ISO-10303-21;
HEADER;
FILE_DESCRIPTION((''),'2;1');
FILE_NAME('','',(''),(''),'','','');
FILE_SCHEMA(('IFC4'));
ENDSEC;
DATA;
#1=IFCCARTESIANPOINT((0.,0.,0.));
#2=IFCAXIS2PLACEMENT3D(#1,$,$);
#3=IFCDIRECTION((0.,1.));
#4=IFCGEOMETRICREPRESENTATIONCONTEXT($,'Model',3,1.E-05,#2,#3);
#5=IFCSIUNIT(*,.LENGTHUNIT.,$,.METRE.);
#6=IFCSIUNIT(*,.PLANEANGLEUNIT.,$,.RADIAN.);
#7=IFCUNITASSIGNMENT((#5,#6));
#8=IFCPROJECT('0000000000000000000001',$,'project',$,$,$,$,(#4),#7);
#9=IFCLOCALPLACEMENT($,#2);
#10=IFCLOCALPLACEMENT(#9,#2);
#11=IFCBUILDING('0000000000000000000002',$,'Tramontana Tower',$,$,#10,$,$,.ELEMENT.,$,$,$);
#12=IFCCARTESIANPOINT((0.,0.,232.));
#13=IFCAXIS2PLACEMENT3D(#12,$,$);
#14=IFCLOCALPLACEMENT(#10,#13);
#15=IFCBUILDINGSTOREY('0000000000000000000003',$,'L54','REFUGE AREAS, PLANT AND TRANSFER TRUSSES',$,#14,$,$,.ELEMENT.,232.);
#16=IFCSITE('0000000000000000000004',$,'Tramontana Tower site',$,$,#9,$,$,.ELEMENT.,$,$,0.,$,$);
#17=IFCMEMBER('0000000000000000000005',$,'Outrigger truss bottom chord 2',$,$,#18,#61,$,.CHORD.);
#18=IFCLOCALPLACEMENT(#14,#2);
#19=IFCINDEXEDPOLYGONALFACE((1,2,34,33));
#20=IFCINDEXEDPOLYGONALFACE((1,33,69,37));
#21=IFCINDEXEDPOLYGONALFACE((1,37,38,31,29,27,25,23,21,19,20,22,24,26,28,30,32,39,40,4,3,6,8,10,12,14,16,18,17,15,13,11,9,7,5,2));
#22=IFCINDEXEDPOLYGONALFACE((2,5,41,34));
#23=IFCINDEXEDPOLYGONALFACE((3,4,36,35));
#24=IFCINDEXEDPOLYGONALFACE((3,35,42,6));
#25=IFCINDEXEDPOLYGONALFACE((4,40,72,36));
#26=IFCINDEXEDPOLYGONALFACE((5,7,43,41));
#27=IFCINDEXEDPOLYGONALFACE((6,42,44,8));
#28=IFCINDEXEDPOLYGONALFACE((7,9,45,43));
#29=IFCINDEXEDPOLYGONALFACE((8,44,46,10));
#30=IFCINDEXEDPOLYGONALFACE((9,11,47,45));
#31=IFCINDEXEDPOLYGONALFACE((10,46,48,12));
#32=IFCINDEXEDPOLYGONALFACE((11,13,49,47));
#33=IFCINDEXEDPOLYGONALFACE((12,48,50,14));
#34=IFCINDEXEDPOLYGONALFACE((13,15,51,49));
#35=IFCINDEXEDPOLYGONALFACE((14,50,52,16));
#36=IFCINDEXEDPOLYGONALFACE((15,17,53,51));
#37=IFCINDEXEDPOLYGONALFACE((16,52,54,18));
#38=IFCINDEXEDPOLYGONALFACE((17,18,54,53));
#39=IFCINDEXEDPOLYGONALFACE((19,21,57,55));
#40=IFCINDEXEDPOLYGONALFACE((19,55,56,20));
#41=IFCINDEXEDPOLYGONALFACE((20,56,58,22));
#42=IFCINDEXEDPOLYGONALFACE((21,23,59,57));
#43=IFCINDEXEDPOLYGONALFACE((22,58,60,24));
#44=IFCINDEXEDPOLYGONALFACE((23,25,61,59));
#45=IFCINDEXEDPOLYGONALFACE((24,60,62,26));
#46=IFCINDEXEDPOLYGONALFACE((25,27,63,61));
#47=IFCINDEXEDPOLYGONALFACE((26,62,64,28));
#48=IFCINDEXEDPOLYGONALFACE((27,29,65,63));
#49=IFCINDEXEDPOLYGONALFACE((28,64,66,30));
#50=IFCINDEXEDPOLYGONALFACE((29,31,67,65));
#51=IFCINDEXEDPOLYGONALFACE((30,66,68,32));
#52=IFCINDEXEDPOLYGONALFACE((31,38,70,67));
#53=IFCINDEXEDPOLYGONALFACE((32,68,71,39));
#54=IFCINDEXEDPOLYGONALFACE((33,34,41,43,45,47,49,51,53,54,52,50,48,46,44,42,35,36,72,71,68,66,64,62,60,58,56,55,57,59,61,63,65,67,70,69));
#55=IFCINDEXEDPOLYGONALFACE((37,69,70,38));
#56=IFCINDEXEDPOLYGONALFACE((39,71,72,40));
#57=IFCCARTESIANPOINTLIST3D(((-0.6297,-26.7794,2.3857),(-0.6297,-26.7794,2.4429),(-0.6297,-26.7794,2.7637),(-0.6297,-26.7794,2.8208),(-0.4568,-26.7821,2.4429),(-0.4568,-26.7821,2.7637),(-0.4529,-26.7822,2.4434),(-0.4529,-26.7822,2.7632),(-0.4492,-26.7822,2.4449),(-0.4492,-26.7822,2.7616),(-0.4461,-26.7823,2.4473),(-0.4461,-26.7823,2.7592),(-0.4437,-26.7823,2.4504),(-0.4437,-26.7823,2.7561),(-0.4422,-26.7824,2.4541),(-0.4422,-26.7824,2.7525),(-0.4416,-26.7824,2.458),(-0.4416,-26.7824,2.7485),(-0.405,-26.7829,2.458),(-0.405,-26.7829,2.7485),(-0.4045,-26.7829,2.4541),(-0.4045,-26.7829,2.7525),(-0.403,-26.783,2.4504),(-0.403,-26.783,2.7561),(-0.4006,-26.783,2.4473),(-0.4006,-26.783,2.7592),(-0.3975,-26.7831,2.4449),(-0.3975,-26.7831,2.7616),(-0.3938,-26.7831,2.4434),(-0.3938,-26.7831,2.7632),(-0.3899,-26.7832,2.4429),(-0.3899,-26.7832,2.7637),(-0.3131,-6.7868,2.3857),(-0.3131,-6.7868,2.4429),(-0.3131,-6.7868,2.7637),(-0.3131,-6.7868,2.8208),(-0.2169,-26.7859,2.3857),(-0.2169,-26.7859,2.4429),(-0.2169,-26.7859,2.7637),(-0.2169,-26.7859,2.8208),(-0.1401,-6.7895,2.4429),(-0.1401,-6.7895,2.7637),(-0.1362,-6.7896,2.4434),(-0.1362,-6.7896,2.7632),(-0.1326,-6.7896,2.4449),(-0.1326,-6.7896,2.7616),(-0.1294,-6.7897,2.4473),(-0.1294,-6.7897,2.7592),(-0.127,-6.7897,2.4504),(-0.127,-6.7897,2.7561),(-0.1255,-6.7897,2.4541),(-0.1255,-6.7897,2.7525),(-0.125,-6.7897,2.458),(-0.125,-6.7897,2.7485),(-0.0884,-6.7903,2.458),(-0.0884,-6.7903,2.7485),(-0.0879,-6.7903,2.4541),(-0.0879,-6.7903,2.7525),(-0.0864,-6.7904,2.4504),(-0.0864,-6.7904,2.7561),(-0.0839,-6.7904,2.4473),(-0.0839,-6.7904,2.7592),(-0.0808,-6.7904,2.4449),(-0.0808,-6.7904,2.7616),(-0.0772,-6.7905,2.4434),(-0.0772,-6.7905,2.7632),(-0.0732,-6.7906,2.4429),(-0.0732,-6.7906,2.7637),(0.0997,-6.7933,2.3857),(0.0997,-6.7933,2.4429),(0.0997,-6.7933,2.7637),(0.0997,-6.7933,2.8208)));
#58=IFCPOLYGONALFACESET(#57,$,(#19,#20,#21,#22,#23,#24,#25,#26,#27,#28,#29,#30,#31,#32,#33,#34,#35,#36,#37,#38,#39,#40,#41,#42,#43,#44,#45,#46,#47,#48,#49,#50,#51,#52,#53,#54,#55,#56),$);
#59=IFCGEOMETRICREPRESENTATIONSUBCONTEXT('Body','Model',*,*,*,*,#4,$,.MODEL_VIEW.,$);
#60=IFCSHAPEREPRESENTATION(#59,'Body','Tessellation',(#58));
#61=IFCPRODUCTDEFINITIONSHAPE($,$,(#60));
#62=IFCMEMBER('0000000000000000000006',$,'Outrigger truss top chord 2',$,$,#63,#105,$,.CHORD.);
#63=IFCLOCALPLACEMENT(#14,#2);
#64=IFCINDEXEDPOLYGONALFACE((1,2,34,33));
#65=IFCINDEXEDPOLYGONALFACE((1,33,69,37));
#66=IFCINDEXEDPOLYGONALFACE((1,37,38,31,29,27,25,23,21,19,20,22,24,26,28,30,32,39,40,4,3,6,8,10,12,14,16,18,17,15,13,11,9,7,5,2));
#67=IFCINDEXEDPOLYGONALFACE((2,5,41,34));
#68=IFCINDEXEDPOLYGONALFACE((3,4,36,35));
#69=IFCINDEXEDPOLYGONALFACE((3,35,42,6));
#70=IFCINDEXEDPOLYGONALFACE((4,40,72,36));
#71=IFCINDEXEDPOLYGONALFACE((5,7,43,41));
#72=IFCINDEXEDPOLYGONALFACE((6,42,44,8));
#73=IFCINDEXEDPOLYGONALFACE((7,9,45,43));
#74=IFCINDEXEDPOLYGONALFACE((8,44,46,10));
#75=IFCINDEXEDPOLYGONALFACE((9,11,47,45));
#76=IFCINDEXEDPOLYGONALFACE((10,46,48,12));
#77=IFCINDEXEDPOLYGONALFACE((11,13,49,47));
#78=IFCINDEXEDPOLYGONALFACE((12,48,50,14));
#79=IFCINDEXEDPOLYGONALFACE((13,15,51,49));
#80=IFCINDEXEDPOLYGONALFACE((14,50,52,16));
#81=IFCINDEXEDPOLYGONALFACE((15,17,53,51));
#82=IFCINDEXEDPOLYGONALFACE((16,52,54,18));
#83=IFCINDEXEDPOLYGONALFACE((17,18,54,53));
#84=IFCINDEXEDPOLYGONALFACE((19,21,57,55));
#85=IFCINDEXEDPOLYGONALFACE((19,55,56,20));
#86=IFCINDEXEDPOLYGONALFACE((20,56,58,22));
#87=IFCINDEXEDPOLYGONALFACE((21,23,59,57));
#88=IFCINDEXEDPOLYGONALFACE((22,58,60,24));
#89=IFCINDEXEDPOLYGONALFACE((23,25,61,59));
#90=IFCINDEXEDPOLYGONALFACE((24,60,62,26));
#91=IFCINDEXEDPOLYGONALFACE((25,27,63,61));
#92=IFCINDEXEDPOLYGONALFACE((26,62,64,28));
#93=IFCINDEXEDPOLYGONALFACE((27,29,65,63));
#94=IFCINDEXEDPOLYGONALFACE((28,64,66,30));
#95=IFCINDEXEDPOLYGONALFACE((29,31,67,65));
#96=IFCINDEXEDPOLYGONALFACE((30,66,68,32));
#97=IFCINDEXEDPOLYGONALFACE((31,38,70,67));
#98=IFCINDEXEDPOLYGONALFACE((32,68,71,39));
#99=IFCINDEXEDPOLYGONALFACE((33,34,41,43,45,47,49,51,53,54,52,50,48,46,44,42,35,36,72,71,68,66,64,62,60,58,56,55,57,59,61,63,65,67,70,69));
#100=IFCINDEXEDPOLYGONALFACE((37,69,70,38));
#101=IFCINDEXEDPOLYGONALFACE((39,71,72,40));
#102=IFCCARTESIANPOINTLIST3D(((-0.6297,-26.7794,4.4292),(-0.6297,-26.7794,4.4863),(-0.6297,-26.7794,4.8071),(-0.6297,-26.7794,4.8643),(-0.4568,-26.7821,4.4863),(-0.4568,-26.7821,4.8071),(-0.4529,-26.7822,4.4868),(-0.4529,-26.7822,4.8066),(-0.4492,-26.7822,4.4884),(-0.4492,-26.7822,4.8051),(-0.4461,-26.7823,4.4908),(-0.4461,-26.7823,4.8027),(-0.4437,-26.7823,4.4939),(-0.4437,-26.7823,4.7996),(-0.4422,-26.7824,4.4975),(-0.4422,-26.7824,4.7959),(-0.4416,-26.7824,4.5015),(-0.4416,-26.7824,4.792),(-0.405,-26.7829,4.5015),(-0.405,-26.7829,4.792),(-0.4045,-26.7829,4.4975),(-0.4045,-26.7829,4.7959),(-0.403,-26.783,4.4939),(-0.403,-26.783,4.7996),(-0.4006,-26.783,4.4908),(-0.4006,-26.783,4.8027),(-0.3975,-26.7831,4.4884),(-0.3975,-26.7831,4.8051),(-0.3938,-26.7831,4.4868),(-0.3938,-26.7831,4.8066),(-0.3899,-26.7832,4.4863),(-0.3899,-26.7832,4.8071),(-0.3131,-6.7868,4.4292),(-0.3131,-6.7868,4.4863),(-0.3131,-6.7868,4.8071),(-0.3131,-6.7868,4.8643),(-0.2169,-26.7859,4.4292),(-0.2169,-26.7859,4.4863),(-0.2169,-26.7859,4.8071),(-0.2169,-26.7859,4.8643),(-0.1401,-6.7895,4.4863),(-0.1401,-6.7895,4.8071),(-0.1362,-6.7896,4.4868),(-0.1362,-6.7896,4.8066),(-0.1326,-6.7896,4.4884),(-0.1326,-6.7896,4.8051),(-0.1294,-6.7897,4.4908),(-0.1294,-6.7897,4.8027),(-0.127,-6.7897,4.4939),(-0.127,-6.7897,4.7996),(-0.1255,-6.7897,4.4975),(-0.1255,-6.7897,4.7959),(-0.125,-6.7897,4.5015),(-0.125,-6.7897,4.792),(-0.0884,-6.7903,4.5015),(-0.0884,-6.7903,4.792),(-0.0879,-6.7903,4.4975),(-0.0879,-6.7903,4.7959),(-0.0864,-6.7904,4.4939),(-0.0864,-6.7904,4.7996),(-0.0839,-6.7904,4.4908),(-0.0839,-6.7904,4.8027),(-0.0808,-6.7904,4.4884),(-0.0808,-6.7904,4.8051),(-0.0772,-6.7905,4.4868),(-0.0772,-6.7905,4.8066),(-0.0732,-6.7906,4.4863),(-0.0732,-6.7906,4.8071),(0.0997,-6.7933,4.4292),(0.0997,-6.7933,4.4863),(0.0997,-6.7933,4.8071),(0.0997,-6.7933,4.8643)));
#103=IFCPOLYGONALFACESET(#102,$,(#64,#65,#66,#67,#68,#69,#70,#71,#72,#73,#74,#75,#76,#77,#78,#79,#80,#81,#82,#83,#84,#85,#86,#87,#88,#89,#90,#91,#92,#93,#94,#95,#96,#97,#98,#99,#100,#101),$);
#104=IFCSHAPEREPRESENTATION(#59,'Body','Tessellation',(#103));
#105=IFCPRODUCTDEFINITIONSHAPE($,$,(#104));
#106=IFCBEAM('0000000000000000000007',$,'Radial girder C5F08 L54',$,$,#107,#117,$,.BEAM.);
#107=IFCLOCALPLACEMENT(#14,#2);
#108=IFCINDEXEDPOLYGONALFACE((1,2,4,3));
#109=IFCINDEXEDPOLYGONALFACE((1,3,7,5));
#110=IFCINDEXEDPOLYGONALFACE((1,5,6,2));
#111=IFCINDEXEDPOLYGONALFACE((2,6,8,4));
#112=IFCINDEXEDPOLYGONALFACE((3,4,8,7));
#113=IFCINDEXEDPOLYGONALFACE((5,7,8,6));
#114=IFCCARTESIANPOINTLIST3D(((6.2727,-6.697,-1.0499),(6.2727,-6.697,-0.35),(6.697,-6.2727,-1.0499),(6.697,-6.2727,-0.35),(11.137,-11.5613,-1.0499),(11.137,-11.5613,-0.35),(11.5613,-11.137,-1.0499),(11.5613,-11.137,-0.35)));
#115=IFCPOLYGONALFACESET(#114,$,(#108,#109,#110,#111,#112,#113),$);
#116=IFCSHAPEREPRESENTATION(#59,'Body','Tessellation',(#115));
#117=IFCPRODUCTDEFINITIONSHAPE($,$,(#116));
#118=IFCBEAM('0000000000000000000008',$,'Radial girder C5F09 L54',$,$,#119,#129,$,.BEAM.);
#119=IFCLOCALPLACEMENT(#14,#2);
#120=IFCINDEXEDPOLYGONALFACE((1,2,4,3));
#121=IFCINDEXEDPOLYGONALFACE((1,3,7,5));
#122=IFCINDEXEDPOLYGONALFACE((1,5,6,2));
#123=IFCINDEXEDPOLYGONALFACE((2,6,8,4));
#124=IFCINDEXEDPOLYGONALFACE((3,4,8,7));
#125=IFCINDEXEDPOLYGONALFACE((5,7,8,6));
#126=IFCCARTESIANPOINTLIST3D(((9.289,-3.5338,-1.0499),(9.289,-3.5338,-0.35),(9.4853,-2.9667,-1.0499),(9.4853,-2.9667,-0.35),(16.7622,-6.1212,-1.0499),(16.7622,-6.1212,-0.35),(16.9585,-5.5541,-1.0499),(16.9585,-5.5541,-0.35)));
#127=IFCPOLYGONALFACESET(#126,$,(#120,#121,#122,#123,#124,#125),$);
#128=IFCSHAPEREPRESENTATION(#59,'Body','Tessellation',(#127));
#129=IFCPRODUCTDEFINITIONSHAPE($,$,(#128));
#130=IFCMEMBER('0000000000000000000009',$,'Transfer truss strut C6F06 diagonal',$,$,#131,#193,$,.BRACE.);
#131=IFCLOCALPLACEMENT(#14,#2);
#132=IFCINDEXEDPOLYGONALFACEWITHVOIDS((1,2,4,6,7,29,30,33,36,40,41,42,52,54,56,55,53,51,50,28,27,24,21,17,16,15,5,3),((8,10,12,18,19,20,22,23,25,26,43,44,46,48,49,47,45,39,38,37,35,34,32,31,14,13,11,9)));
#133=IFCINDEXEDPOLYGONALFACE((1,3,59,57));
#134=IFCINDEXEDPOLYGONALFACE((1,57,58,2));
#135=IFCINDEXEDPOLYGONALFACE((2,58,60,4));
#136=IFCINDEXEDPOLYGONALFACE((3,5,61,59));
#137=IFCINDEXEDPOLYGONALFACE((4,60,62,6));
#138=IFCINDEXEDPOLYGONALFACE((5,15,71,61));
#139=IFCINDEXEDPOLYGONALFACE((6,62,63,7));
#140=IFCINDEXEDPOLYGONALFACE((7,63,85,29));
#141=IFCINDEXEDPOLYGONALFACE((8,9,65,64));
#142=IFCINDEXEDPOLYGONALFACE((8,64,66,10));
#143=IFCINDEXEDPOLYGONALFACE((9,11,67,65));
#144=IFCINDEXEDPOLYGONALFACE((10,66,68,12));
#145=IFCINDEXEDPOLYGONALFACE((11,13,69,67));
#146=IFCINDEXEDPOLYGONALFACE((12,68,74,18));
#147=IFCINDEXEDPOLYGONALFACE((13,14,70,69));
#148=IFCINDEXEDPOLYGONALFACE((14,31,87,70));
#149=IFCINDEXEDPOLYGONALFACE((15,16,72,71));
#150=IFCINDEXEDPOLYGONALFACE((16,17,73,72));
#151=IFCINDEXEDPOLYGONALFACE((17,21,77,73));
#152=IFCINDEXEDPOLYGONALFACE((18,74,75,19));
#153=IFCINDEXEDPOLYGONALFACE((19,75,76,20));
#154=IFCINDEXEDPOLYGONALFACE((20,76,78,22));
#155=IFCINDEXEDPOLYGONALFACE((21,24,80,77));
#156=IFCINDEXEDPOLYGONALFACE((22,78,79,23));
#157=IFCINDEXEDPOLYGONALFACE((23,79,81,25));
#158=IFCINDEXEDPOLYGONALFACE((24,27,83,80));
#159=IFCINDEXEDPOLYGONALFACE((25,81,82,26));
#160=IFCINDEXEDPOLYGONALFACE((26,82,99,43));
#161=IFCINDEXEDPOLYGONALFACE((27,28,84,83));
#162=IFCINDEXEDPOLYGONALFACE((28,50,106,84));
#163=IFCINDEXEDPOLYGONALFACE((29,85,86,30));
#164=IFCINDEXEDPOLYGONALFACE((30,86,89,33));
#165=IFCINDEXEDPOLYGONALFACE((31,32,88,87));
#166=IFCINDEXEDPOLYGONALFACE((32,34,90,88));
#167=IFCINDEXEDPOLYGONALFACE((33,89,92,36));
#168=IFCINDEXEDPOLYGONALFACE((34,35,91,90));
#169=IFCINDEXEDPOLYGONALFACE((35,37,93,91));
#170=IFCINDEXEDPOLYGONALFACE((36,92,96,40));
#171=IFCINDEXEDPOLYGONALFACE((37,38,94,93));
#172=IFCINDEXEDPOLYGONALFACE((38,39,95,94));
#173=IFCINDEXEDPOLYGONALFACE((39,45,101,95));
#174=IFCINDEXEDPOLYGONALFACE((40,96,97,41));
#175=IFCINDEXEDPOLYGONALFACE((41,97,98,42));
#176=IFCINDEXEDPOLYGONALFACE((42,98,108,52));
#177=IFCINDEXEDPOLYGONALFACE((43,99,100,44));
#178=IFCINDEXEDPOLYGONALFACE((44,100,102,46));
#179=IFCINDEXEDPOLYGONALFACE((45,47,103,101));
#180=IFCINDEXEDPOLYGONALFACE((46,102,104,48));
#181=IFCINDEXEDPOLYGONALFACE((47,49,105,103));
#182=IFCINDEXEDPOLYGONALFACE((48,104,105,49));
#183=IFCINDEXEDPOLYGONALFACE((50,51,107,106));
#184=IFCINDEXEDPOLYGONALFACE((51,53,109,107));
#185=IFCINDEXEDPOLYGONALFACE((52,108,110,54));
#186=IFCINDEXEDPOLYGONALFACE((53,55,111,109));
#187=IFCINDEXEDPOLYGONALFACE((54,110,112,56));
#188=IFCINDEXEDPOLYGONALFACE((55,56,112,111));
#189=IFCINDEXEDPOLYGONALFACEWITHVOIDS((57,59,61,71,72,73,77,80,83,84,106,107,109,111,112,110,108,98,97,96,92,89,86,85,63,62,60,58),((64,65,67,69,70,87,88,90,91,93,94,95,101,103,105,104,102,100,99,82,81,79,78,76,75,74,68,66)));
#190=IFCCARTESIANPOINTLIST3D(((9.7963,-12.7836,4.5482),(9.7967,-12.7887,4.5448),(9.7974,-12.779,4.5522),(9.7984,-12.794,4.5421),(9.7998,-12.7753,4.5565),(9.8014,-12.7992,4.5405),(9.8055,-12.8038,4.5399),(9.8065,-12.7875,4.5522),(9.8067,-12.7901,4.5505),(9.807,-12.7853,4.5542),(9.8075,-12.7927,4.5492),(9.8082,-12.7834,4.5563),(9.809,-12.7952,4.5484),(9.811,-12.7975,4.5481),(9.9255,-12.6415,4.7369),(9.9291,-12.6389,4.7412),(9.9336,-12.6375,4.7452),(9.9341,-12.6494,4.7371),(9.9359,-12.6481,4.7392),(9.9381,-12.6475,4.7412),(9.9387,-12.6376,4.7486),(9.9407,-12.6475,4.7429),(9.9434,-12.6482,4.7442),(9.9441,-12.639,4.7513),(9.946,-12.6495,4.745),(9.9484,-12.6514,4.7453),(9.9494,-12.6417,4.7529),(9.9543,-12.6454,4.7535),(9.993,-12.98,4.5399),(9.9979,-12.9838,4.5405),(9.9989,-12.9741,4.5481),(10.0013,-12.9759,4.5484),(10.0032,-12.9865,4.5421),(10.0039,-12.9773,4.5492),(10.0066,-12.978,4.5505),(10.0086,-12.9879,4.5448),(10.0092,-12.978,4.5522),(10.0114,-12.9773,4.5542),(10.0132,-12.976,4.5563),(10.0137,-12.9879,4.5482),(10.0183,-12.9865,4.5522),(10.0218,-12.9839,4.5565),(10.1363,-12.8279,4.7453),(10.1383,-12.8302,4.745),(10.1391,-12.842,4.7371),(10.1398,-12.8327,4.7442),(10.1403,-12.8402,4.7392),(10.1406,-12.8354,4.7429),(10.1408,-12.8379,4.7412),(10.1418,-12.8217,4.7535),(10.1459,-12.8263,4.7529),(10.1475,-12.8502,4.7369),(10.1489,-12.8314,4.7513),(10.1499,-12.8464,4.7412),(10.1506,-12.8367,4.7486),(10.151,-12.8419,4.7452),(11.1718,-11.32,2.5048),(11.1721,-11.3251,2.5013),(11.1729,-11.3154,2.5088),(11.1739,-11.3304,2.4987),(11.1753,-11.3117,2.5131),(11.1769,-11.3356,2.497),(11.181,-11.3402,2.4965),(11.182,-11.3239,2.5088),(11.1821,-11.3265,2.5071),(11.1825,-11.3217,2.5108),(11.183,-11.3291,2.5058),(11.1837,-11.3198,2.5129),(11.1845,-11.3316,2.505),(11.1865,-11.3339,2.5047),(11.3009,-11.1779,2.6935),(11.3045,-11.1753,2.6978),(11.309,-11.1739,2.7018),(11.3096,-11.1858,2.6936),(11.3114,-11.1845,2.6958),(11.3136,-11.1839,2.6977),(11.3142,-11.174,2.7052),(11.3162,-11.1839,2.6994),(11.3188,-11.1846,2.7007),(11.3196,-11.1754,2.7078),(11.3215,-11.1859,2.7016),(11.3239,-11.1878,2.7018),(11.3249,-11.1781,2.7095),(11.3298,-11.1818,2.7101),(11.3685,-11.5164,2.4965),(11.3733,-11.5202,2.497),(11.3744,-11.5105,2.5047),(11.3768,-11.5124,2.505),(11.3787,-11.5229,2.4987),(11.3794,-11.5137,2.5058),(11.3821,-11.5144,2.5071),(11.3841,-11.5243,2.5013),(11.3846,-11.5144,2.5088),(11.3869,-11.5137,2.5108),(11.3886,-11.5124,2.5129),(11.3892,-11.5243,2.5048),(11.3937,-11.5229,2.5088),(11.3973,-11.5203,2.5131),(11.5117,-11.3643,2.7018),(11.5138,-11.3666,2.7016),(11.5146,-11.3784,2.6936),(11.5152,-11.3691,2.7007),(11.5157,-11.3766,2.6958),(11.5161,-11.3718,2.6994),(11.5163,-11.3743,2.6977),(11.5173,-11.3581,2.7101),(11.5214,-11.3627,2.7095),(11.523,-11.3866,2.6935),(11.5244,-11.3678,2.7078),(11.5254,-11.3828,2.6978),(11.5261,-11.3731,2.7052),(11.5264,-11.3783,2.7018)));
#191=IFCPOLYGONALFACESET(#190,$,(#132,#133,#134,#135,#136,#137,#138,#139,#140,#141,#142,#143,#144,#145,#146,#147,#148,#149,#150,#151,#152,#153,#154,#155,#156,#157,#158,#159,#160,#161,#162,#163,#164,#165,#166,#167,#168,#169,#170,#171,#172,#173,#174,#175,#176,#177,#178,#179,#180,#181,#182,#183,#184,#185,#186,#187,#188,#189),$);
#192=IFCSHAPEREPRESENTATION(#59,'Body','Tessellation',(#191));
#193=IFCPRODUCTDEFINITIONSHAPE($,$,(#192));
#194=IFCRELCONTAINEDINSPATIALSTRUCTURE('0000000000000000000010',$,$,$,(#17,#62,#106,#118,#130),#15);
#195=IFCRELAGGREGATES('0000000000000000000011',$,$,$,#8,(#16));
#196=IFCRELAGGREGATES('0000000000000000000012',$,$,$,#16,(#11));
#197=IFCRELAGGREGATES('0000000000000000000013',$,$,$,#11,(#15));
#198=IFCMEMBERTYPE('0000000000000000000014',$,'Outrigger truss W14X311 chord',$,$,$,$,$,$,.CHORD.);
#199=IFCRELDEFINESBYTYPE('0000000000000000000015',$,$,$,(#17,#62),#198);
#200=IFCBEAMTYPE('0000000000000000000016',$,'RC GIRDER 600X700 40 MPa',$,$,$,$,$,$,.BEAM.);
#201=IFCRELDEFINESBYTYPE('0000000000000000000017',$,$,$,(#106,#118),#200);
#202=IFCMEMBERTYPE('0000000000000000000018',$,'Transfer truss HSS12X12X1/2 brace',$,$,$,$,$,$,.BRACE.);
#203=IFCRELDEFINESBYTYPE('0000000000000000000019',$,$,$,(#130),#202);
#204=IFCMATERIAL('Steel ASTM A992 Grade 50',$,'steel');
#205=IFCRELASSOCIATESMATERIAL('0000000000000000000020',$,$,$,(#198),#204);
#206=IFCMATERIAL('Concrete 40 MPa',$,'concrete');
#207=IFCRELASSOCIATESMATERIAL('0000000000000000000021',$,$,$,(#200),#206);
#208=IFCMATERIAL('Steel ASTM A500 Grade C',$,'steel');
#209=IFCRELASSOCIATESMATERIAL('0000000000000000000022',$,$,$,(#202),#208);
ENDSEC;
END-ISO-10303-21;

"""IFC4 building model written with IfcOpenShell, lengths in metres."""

from ifc_helpers import new_model, si_unit, direction, frame, origin, origin_2d, place, context, subcontext, project, spatial, rectangle, hollow_rectangle, i_section, extrude, material, material_profile, profile_set, type_object, element, save


model = new_model("IFC4")

# Units and contexts
model_context = context("Model", 3, precision=1e-05, world=origin(), true_north=direction((0.0, 1.0)))
body_context = subcontext(model_context, "Body", "Model", "MODEL_VIEW")
ifc_project = project(units=[si_unit("LENGTHUNIT", "METRE"), si_unit("PLANEANGLEUNIT", "RADIAN")], contexts=[model_context])

# Site, building, storey
site_placement = place(None, origin())
site = spatial("IfcSite", under=ifc_project, at=site_placement, Name="Tramontana Tower site", CompositionType="ELEMENT", RefElevation=0.0)
building_placement = place(site_placement, origin())
building = spatial("IfcBuilding", under=site, at=building_placement, Name="Tramontana Tower", CompositionType="ELEMENT")
storey_placement = place(building_placement, frame((0.0, 0.0, 232.0)))
storey = spatial("IfcBuildingStorey", under=building, at=storey_placement, Name="L54", Description="REFUGE AREAS, PLANT AND TRANSFER TRUSSES", CompositionType="ELEMENT", Elevation=232.0)

# Members
ifc_material_1 = material(Name="Steel ASTM A992 Grade 50", Category="steel")
ifc_material_profile_1 = material_profile(ifc_material_1, i_section(OverallWidth=0.4128, OverallDepth=0.4351, WebThickness=0.0366, FlangeThickness=0.0571, FilletRadius=0.0151, at=origin_2d()), Name="W14X311")
ifc_profile_set_1 = profile_set([ifc_material_profile_1], Name="Steel ASTM A992 Grade 50")
member_type_1 = type_object("IfcMemberType", Name="Outrigger truss W14X311 chord", PredefinedType="CHORD", material=ifc_profile_set_1)
for number, where, z_axis, x_axis, name in (
    (1, (-0.1067, -6.79, 2.6033), (-0.015836, -0.999875, 0.0), (0.999875, -0.015836, 0.0), "Outrigger truss bottom chord 2"),
    (2, (-0.1067, -6.79, 4.6467), (-0.015836, -0.999875, 0.0), (0.999875, -0.015836, 0.0), "Outrigger truss top chord 2"),
):
    element("IfcMember", number, at=place(storey_placement, frame(where, z_axis=z_axis, x_axis=x_axis)), inside=storey, type_object=member_type_1, Name=name, PredefinedType="CHORD", context=body_context, shape_type="SweptSolid", body=[
        extrude(i_section(OverallWidth=0.4128, OverallDepth=0.4351, WebThickness=0.0366, FlangeThickness=0.0571, FilletRadius=0.0151, at=origin_2d()), origin(), (0.0, 0.0, 1.0), 19.9951),
    ])

# Beams
ifc_material_2 = material(Name="Concrete 40 MPa", Category="concrete")
ifc_material_profile_2 = material_profile(ifc_material_2, rectangle(XDim=0.6001, YDim=0.7, at=origin_2d()), Name="RC GIRDER 600X700 40 MPa")
ifc_profile_set_2 = profile_set([ifc_material_profile_2], Name="Concrete 40 MPa")
beam_type = type_object("IfcBeamType", Name="RC GIRDER 600X700 40 MPa", PredefinedType="BEAM", material=ifc_profile_set_2)
beam_1_placement = place(storey_placement, frame((11.3491, -11.3491, -0.7), z_axis=(-0.707107, 0.707107, 0.0), x_axis=(-0.707107, -0.707107, 0.0)))
element("IfcBeam", 3, at=beam_1_placement, inside=storey, type_object=beam_type, Name="Radial girder C5F08 L54", PredefinedType="BEAM", context=body_context, shape_type="SweptSolid", body=[
    extrude(rectangle(XDim=0.6001, YDim=0.7, at=origin_2d()), origin(), (0.0, 0.0, 1.0), 6.8792),
])
beam_2_placement = place(storey_placement, frame((16.8604, -5.8376, -0.7), z_axis=(-0.944965, 0.327172, 0.0), x_axis=(-0.327172, -0.944965, 0.0)))
element("IfcBeam", 4, at=beam_2_placement, inside=storey, type_object=beam_type, Name="Radial girder C5F09 L54", PredefinedType="BEAM", context=body_context, shape_type="SweptSolid", body=[
    extrude(rectangle(XDim=0.6001, YDim=0.7, at=origin_2d()), origin(), (0.0, 0.0, 1.0), 7.9084),
])

# Member
ifc_material_3 = material(Name="Steel ASTM A500 Grade C", Category="steel")
ifc_material_profile_3 = material_profile(ifc_material_3, hollow_rectangle(XDim=0.3047, YDim=0.3047, WallThickness=0.0117, InnerFilletRadius=0.0117, OuterFilletRadius=0.0237, at=origin_2d()), Name="HSS12X12X1/2")
ifc_profile_set_3 = profile_set([ifc_material_profile_3], Name="Steel ASTM A500 Grade C")
member_type_2 = type_object("IfcMemberType", Name="Transfer truss HSS12X12X1/2 brace", PredefinedType="BRACE", material=ifc_profile_set_3)
member_1_placement = place(storey_placement, frame((11.3491, -11.3491, 2.6033), z_axis=(-0.480052, -0.510812, 0.713177), x_axis=(0.728707, -0.684826, 0.0)))
element("IfcMember", 5, at=member_1_placement, inside=storey, type_object=member_type_2, Name="Transfer truss strut C6F06 diagonal", PredefinedType="BRACE", context=body_context, shape_type="SweptSolid", body=[
    extrude(hollow_rectangle(XDim=0.3047, YDim=0.3047, WallThickness=0.0117, InnerFilletRadius=0.0117, OuterFilletRadius=0.0237, at=origin_2d()), origin(), (0.0, 0.0, 1.0), 2.8652),
])

save(model, "model.ifc")
